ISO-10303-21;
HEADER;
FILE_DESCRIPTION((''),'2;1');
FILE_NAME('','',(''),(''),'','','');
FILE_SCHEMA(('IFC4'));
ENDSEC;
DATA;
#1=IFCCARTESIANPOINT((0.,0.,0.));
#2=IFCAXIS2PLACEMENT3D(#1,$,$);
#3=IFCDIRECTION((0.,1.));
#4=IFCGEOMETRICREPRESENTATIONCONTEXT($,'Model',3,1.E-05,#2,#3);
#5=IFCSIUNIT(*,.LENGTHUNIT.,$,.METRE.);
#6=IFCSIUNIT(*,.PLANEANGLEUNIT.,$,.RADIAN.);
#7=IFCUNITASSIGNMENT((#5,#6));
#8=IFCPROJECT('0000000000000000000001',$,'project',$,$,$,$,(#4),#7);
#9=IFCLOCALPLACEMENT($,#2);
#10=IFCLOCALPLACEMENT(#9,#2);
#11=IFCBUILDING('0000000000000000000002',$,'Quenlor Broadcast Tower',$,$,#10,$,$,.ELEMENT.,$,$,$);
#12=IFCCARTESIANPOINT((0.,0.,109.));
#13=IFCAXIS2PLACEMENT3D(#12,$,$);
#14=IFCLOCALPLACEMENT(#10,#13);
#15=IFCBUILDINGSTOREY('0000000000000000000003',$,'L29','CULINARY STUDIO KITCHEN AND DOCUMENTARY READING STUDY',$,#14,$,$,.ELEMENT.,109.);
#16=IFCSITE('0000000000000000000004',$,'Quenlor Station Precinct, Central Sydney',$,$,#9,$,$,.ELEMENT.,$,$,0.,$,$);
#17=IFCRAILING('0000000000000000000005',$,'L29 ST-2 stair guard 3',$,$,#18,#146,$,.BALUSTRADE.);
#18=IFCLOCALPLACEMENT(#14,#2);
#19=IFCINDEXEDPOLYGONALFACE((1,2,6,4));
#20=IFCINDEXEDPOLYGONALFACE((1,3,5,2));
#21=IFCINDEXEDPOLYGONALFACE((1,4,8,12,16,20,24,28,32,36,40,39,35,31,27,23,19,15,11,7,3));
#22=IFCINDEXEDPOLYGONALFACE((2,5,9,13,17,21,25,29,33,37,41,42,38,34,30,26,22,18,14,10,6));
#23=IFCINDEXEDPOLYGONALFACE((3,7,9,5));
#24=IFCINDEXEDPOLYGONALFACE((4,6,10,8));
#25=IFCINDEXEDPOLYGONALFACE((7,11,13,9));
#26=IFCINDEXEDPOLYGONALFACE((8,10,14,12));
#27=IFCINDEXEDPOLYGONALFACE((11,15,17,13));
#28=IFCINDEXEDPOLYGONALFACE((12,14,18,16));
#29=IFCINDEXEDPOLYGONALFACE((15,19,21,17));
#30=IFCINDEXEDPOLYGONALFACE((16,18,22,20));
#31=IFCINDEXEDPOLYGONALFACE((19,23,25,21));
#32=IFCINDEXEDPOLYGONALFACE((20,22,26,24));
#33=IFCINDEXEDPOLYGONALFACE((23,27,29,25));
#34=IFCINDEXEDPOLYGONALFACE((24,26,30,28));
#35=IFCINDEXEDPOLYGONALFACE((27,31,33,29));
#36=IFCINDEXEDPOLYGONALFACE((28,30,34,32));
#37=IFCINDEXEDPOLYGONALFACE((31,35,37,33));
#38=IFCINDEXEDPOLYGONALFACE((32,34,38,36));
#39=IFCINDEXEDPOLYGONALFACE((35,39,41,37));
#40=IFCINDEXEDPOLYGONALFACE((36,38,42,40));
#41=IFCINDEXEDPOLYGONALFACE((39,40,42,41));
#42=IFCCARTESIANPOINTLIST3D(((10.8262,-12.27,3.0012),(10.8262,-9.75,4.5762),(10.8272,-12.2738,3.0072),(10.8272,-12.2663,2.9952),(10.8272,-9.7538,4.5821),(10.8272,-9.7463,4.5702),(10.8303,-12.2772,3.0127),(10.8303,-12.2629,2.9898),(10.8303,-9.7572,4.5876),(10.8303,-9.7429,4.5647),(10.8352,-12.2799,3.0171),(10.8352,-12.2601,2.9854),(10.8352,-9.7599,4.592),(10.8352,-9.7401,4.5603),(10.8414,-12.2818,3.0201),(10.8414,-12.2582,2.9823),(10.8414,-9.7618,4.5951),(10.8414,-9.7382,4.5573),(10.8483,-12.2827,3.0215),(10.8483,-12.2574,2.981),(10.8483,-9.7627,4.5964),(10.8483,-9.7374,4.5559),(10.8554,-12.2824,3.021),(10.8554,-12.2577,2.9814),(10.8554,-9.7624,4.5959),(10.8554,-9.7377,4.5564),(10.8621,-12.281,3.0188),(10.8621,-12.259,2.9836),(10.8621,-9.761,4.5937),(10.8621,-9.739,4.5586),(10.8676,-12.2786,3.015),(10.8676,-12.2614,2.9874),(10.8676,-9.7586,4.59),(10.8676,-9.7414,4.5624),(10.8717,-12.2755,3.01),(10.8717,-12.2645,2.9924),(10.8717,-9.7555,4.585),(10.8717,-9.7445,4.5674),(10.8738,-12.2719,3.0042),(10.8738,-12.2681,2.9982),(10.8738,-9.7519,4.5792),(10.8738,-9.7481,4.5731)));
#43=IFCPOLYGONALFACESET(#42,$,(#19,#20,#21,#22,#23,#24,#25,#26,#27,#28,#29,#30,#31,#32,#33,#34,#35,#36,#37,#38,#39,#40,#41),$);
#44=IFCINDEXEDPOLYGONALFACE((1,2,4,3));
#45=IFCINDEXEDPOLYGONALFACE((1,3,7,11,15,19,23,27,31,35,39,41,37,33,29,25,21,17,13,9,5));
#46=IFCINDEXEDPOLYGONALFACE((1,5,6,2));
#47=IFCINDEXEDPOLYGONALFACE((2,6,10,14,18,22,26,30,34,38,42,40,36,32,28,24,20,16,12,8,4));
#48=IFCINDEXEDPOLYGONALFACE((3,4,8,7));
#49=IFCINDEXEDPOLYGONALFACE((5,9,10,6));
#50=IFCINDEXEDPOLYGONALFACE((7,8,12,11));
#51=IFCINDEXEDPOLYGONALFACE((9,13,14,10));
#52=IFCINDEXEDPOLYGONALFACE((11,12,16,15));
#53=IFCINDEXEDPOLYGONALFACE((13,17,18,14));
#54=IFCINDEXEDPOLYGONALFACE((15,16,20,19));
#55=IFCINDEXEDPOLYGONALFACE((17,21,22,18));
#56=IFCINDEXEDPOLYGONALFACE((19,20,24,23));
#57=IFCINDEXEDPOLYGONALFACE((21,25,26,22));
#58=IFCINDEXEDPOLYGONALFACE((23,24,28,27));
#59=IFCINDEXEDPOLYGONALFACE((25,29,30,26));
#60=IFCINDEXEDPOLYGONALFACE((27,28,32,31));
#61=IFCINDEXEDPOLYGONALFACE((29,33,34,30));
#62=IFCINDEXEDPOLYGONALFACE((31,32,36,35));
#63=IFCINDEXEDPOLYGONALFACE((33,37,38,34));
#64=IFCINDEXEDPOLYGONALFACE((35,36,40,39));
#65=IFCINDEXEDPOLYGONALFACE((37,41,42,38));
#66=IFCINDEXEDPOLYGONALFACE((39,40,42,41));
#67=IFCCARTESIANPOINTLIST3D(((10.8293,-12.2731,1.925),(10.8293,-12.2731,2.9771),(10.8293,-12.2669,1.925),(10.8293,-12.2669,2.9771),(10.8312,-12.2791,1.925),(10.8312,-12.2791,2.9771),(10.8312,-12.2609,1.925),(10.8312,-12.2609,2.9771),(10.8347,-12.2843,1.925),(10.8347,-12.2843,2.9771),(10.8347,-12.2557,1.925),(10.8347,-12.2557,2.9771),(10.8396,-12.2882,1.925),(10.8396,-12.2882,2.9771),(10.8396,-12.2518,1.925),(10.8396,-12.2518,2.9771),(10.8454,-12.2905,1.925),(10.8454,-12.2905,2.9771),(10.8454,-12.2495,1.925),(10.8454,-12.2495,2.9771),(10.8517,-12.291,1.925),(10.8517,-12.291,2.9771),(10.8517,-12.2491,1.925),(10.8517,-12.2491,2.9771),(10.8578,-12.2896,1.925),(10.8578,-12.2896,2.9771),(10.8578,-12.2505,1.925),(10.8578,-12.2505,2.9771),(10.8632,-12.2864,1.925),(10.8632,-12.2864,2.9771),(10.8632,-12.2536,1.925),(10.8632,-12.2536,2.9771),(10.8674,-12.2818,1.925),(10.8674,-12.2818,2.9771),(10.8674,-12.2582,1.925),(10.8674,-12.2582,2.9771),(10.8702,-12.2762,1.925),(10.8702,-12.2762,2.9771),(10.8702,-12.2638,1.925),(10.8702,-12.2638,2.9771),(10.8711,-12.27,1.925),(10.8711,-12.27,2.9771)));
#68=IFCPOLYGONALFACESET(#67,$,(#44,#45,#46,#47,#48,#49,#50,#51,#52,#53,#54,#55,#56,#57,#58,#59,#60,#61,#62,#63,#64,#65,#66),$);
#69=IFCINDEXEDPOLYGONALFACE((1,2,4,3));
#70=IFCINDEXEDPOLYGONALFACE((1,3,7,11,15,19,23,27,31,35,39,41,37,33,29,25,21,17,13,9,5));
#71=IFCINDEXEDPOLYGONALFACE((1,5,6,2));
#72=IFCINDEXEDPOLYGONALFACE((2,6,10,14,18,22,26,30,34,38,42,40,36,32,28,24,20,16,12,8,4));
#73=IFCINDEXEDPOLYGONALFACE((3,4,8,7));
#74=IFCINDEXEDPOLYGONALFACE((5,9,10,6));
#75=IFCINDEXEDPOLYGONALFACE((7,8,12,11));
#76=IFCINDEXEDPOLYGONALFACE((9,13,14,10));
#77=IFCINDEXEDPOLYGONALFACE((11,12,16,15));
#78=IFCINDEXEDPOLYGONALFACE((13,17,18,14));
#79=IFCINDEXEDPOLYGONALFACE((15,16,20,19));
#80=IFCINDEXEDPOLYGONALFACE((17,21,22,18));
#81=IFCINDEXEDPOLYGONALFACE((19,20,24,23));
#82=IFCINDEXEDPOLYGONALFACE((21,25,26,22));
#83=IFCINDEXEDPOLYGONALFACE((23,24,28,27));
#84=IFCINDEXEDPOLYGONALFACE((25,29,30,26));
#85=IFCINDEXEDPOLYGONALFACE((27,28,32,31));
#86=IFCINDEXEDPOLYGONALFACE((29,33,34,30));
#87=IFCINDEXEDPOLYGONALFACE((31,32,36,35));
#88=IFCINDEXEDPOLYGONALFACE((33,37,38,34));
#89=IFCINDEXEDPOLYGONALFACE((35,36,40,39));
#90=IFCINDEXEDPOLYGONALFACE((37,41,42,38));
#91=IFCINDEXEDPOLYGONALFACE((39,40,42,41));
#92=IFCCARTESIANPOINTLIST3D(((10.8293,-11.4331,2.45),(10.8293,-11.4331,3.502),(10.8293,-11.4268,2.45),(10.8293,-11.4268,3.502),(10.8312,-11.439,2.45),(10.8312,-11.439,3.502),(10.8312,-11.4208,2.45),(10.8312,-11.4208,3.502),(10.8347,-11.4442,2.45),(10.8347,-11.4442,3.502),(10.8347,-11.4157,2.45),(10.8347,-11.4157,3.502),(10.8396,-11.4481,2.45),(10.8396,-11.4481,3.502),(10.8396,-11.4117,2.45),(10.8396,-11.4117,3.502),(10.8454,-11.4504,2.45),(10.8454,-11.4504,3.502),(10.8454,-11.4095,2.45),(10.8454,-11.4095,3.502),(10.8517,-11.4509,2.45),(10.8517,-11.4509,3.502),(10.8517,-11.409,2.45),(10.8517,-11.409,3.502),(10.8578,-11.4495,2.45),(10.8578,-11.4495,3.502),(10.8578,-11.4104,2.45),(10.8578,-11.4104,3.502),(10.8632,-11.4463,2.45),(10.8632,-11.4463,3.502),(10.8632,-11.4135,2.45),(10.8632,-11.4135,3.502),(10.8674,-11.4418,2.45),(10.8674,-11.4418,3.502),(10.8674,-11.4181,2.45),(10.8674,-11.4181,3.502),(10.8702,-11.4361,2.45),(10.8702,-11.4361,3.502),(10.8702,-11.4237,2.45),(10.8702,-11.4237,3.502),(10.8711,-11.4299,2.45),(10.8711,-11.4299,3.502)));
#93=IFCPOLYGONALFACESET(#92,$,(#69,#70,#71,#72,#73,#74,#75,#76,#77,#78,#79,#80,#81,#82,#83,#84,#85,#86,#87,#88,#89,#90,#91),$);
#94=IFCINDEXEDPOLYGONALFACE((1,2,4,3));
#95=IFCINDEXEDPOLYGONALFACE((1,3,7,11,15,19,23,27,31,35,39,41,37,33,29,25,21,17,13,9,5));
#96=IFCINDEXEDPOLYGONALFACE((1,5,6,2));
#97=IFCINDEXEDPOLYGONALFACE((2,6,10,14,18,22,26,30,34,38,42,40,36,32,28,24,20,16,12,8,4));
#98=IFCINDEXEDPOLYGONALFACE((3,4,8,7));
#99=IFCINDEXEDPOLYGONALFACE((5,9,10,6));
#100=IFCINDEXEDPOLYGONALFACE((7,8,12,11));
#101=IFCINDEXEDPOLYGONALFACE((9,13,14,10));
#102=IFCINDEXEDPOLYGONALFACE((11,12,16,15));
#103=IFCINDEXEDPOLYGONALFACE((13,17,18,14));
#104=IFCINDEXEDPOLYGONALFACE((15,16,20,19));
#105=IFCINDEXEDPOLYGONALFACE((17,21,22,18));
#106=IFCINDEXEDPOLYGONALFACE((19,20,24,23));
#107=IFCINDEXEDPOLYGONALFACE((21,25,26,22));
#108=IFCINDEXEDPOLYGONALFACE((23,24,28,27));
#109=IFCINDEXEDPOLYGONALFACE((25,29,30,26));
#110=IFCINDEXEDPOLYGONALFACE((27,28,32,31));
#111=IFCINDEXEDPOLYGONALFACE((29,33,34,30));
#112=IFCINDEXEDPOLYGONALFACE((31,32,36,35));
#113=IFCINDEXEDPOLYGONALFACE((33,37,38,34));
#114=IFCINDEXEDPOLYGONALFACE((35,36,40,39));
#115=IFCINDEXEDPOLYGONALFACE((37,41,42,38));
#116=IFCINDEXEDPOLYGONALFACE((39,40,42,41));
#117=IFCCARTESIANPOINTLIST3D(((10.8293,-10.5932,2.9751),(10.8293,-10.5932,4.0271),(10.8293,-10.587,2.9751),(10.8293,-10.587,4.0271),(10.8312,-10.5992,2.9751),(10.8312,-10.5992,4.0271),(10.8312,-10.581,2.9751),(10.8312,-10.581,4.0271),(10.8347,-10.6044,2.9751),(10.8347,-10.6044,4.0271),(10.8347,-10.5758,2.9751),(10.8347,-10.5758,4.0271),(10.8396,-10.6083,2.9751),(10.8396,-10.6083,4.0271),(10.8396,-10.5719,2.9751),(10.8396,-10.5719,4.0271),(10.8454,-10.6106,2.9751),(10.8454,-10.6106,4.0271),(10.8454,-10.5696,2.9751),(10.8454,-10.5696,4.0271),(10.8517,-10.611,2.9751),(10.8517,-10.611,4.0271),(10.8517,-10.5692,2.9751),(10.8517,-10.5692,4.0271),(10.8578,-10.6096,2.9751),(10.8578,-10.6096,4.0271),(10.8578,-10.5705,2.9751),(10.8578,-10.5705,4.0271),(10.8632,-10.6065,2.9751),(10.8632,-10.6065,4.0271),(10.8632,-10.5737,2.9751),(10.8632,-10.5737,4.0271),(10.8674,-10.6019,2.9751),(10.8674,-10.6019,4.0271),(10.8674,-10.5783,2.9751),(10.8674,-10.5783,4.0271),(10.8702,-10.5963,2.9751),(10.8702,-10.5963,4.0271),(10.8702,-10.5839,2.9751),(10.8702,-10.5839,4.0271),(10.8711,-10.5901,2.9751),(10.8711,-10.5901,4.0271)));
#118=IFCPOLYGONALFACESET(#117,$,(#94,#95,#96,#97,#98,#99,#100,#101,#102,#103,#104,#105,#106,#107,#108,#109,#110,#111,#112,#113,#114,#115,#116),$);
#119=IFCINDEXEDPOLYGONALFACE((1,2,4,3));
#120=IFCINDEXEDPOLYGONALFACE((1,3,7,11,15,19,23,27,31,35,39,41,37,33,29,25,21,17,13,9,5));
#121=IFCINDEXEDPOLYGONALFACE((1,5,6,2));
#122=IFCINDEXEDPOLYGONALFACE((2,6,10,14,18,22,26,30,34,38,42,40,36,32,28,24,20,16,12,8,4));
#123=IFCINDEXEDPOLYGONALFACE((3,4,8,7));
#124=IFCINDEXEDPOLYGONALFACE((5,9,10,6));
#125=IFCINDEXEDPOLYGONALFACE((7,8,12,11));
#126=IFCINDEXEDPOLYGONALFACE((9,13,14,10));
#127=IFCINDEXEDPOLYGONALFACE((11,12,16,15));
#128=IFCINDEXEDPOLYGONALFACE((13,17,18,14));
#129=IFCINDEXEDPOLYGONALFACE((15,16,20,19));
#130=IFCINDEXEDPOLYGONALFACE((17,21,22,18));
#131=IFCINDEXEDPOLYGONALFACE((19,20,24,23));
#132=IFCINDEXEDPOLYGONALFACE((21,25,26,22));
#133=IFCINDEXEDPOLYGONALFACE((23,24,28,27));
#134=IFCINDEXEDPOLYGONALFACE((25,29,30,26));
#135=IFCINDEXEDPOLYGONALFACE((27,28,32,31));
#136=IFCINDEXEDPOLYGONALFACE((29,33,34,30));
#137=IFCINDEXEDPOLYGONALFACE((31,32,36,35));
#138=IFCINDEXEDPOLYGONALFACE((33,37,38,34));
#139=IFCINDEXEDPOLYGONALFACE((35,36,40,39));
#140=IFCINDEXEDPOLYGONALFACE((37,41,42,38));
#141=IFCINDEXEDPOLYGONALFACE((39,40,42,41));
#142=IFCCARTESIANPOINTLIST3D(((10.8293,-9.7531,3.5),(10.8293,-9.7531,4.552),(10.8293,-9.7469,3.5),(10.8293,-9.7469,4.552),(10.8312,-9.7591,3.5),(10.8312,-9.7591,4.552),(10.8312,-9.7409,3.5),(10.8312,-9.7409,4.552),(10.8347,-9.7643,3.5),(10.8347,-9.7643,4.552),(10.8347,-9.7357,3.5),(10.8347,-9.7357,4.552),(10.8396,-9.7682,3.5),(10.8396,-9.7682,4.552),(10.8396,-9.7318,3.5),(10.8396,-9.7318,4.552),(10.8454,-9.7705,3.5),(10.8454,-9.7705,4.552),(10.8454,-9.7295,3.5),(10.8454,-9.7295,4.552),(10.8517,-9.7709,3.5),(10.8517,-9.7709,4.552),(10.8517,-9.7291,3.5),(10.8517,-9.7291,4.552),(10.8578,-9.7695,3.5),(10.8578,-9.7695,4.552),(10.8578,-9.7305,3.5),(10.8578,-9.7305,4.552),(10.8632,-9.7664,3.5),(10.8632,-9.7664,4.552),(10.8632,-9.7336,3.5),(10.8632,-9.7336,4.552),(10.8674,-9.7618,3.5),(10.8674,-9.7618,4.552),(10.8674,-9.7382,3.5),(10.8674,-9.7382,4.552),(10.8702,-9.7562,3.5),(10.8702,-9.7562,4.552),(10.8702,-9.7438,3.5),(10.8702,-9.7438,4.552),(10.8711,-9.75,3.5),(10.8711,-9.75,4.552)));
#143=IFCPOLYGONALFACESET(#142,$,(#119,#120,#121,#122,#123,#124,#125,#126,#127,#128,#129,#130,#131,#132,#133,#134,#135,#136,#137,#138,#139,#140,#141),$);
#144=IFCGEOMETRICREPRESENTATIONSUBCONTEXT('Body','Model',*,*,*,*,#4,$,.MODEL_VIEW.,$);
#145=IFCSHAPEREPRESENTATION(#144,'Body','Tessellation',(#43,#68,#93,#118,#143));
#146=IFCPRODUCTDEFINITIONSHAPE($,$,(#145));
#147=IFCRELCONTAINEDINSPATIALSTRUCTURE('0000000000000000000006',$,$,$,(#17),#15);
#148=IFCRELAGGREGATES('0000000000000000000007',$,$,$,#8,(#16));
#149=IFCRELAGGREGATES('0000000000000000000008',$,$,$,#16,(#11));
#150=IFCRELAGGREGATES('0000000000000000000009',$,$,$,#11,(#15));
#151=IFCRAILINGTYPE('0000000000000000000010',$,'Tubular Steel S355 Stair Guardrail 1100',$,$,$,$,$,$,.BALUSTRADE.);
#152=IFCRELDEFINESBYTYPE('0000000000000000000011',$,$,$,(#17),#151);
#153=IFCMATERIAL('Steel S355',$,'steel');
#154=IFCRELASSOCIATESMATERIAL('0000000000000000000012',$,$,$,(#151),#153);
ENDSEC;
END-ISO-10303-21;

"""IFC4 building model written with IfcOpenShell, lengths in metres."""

from ifc_helpers import new_model, si_unit, direction, frame, origin, origin_2d, place, context, subcontext, project, spatial, circle, extrude, material, type_object, element, save


model = new_model("IFC4")

# Units and contexts
model_context = context("Model", 3, precision=1e-05, world=origin(), true_north=direction((0.0, 1.0)))
body_context = subcontext(model_context, "Body", "Model", "MODEL_VIEW")
ifc_project = project(units=[si_unit("LENGTHUNIT", "METRE"), si_unit("PLANEANGLEUNIT", "RADIAN")], contexts=[model_context])

# Site, building, storey
site_placement = place(None, origin())
site = spatial("IfcSite", under=ifc_project, at=site_placement, Name="Quenlor Station Precinct, Central Sydney", CompositionType="ELEMENT", RefElevation=0.0)
building_placement = place(site_placement, origin())
building = spatial("IfcBuilding", under=site, at=building_placement, Name="Quenlor Broadcast Tower", CompositionType="ELEMENT")
storey_placement = place(building_placement, frame((0.0, 0.0, 109.0)))
storey = spatial("IfcBuildingStorey", under=building, at=storey_placement, Name="L29", Description="CULINARY STUDIO KITCHEN AND DOCUMENTARY READING STUDY", CompositionType="ELEMENT", Elevation=109.0)

# Railing
ifc_material_1 = material(Name="Steel S355", Category="steel")
railing_type_1 = type_object("IfcRailingType", Name="Tubular Steel S355 Stair Guardrail 1100", PredefinedType="BALUSTRADE", material=ifc_material_1)
railing_1_placement = place(storey_placement, frame((10.8501, -12.27, 1.925)))
element("IfcRailing", 1, at=railing_1_placement, inside=storey, type_object=railing_type_1, Name="L29 ST-2 stair guard 3", PredefinedType="BALUSTRADE", context=body_context, shape_type="SweptSolid", body=[
    extrude(circle(Radius=0.0239, at=origin_2d()), frame((0.0, 0.0, 1.0762), z_axis=(0.0, 0.848008, 0.529984), x_axis=(-1.0, 0.0, 0.0)), (0.0, 0.0, 1.0), 2.9717),
    extrude(circle(Radius=0.021, at=origin_2d()), origin(), (0.0, 0.0, 1.0), 1.052),
    extrude(circle(Radius=0.021, at=origin_2d()), frame((0.0, 0.8401, 0.5249)), (0.0, 0.0, 1.0), 1.052),
    extrude(circle(Radius=0.021, at=origin_2d()), frame((0.0, 1.6799, 1.05)), (0.0, 0.0, 1.0), 1.052),
    extrude(circle(Radius=0.021, at=origin_2d()), frame((0.0, 2.52, 1.575)), (0.0, 0.0, 1.0), 1.052),
])

save(model, "model.ifc")
